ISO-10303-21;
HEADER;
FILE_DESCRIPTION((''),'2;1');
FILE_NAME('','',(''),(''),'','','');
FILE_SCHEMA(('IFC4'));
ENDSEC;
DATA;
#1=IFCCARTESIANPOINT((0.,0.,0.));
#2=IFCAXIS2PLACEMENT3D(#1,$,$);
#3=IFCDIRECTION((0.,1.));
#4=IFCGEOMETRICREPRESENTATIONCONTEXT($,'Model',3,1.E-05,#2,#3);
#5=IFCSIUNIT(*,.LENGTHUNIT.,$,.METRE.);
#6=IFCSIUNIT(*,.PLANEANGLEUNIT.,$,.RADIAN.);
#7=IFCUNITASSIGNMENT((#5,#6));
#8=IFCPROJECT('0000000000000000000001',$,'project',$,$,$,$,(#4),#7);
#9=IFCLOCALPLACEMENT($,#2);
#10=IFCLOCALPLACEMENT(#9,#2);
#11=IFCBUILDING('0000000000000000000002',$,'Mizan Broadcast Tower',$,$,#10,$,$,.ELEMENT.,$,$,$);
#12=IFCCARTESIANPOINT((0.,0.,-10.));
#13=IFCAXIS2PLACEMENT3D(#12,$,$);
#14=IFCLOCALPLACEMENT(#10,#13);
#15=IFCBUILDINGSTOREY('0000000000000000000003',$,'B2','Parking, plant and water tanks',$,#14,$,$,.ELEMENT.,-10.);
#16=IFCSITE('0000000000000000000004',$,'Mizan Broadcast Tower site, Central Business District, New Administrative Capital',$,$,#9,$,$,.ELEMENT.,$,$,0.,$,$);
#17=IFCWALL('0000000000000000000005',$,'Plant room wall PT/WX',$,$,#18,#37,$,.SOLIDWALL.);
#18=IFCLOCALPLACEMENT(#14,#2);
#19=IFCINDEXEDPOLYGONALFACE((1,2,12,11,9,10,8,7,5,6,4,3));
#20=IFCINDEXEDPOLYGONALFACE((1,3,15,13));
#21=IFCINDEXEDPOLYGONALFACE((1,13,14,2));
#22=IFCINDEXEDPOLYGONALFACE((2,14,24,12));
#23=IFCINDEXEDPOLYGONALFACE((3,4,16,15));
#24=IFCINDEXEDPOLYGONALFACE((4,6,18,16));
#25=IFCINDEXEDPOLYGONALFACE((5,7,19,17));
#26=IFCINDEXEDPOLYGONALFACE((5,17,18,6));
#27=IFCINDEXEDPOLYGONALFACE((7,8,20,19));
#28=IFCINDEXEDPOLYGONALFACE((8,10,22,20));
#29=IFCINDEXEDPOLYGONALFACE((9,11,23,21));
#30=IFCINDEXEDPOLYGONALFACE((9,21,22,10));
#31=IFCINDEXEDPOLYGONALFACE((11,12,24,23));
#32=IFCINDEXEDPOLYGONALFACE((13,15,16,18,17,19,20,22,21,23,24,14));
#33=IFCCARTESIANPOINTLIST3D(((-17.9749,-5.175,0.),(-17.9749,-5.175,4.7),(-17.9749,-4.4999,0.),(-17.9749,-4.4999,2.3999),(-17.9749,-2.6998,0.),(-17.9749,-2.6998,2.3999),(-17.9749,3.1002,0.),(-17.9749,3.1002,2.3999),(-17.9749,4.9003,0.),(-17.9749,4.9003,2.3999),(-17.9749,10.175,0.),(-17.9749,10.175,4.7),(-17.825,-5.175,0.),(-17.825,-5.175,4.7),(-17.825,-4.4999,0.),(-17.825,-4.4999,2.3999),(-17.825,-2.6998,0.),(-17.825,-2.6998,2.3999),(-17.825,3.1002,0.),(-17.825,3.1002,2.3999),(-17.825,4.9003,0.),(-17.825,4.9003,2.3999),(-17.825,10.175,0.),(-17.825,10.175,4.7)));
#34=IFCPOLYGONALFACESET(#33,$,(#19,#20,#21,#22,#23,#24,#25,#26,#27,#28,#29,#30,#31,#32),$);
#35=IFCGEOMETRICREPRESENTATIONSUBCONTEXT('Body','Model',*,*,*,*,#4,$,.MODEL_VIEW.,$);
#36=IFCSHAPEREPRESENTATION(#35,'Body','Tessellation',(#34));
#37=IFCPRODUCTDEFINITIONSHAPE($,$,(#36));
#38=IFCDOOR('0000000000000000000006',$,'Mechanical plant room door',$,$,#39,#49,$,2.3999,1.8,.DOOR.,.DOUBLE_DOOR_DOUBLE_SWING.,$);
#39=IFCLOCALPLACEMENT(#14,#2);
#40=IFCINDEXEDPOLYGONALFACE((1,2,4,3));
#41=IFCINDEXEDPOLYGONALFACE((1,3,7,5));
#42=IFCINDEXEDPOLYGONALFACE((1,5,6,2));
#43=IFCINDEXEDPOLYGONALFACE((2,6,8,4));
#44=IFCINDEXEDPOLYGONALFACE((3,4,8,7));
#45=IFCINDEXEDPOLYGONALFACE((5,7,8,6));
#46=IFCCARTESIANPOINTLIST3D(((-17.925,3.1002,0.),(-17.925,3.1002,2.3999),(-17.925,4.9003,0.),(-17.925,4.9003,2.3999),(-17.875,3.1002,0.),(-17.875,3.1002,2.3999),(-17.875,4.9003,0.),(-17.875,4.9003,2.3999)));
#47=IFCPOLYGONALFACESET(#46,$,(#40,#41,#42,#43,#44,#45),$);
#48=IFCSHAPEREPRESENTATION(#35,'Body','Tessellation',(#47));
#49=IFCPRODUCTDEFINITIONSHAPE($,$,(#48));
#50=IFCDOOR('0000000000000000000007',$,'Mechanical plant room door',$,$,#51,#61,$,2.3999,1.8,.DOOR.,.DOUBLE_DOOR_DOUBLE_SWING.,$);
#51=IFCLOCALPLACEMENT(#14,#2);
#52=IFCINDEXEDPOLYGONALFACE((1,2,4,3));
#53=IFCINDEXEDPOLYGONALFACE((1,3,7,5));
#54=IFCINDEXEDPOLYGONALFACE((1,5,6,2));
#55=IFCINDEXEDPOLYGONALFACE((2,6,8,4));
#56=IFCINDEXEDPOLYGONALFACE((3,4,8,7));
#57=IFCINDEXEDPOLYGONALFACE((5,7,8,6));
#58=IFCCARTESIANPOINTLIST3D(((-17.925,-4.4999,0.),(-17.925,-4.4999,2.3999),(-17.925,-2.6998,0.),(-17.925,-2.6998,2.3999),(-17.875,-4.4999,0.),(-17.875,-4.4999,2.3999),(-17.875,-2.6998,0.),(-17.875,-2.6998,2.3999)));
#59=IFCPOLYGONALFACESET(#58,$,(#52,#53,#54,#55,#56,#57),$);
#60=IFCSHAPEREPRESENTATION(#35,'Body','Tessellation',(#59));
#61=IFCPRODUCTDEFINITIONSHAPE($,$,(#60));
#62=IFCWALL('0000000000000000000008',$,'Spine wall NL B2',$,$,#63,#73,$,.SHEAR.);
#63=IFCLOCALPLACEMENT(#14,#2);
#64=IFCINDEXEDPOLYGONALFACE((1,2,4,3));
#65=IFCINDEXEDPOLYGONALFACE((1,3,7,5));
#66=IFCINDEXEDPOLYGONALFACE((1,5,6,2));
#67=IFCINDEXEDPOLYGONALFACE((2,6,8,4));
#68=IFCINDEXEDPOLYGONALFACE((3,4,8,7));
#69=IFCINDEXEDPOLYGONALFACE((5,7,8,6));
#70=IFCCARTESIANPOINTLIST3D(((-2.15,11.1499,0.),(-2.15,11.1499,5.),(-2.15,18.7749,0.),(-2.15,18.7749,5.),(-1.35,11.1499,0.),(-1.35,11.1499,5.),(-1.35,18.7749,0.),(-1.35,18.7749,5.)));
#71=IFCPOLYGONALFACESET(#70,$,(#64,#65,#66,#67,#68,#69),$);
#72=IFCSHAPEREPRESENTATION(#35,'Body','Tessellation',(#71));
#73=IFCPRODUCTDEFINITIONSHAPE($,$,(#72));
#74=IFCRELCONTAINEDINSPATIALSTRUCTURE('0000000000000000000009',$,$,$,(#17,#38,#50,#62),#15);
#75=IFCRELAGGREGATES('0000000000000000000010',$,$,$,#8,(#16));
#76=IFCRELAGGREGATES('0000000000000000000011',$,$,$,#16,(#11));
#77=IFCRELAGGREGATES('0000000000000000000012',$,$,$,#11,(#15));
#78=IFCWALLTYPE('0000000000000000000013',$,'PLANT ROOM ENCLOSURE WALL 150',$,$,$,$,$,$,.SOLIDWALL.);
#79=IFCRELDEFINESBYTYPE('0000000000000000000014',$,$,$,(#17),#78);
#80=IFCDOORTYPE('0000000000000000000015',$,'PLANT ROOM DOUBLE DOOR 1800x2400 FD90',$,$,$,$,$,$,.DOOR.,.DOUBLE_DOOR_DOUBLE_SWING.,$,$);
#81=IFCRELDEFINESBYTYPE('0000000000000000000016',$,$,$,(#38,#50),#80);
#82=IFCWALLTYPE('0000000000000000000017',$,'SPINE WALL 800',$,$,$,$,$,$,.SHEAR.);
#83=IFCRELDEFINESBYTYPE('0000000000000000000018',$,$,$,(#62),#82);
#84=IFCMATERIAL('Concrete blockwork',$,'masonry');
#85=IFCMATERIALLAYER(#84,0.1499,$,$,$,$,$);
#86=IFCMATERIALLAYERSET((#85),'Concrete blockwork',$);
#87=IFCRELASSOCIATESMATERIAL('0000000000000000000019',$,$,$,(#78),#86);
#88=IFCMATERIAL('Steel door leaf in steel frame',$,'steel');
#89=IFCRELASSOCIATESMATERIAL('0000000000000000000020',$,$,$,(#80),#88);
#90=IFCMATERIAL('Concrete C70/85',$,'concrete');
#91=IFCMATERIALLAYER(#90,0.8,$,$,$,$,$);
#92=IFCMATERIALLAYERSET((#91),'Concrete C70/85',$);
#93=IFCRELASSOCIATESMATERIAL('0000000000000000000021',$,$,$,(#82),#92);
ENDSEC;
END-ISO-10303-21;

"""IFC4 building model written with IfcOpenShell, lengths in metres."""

from ifc_helpers import new_model, si_unit, direction, frame, frame_2d, origin, place, context, subcontext, project, spatial, rectangle, extrude, material, layer, layer_set, type_object, element, fill, save


model = new_model("IFC4")

# Units and contexts
model_context = context("Model", 3, precision=1e-05, world=origin(), true_north=direction((0.0, 1.0)))
body_context = subcontext(model_context, "Body", "Model", "MODEL_VIEW")
ifc_project = project(units=[si_unit("LENGTHUNIT", "METRE"), si_unit("PLANEANGLEUNIT", "RADIAN")], contexts=[model_context])

# Site, building, storey
site_placement = place(None, origin())
site = spatial("IfcSite", under=ifc_project, at=site_placement, Name="Mizan Broadcast Tower site, Central Business District, New Administrative Capital", CompositionType="ELEMENT", RefElevation=0.0)
building_placement = place(site_placement, origin())
building = spatial("IfcBuilding", under=site, at=building_placement, Name="Mizan Broadcast Tower", CompositionType="ELEMENT")
storey_placement = place(building_placement, frame((0.0, 0.0, -10.0)))
storey = spatial("IfcBuildingStorey", under=building, at=storey_placement, Name="B2", Description="Parking, plant and water tanks", CompositionType="ELEMENT", Elevation=-10.0)

# Shared definitions
ifc_material_1 = material(Name="Concrete blockwork", Category="masonry")
ifc_layer_1 = layer(ifc_material_1, 0.1499)
ifc_layer_set_1 = layer_set([ifc_layer_1], Name="Concrete blockwork")
wall_type_1 = type_object("IfcWallType", Name="PLANT ROOM ENCLOSURE WALL 150", PredefinedType="SOLIDWALL", material=ifc_layer_set_1)

# Wall, openings, doors
wall_1_placement = place(storey_placement, frame((-17.8999, 10.175, 0.0), z_axis=(0.0, 0.0, 1.0), x_axis=(0.0, -1.0, 0.0)))
wall_1 = element("IfcWall", 1, at=wall_1_placement, inside=storey, type_object=wall_type_1, Name="Plant room wall PT/WX", PredefinedType="SOLIDWALL", context=body_context, shape_type="SweptSolid", body=[
    extrude(rectangle(XDim=15.3501, YDim=0.1499, at=frame_2d((7.675, 0.0))), origin(), (0.0, 0.0, 1.0), 4.7),
])
opening_1_placement = place(wall_1_placement, frame((5.2749, 0.0, 0.0)))
opening_1 = element("IfcOpeningElement", 2, at=opening_1_placement, cuts=wall_1, PredefinedType="OPENING", context=body_context, shape_type="SweptSolid", body=[
    extrude(rectangle(XDim=1.8, YDim=2.3999, at=frame_2d((0.8999, 1.2))), frame((0.0, 0.085, 0.0), z_axis=(0.0, -1.0, 0.0), x_axis=(1.0, 0.0, 0.0)), (0.0, 0.0, 1.0), 0.1699),
])
opening_2_placement = place(wall_1_placement, frame((12.875, 0.0, 0.0)))
opening_2 = element("IfcOpeningElement", 3, at=opening_2_placement, cuts=wall_1, PredefinedType="OPENING", context=body_context, shape_type="SweptSolid", body=[
    extrude(rectangle(XDim=1.8, YDim=2.3999, at=frame_2d((0.8999, 1.2))), frame((0.0, 0.085, 0.0), z_axis=(0.0, -1.0, 0.0), x_axis=(1.0, 0.0, 0.0)), (0.0, 0.0, 1.0), 0.1699),
])
ifc_material_2 = material(Name="Steel door leaf in steel frame", Category="steel")
door_type_1 = type_object("IfcDoorType", Name="PLANT ROOM DOUBLE DOOR 1800x2400 FD90", OperationType="DOUBLE_DOOR_DOUBLE_SWING", PredefinedType="DOOR", material=ifc_material_2)
door_1_placement = place(opening_1_placement, origin())
door_1 = element("IfcDoor", 4, at=door_1_placement, inside=storey, type_object=door_type_1, Name="Mechanical plant room door", OperationType="DOUBLE_DOOR_DOUBLE_SWING", OverallHeight=2.3999, OverallWidth=1.8, PredefinedType="DOOR", context=body_context, shape_type="SweptSolid", body=[
    extrude(rectangle(XDim=1.8, YDim=2.3999, at=frame_2d((0.8999, 1.2))), frame((0.0, 0.0249, 0.0), z_axis=(0.0, -1.0, 0.0), x_axis=(1.0, 0.0, 0.0)), (0.0, 0.0, 1.0), 0.05),
])
fill(opening_1, door_1)
door_2_placement = place(opening_2_placement, origin())
door_2 = element("IfcDoor", 5, at=door_2_placement, inside=storey, type_object=door_type_1, Name="Mechanical plant room door", OperationType="DOUBLE_DOOR_DOUBLE_SWING", OverallHeight=2.3999, OverallWidth=1.8, PredefinedType="DOOR", context=body_context, shape_type="SweptSolid", body=[
    extrude(rectangle(XDim=1.8, YDim=2.3999, at=frame_2d((0.8999, 1.2))), frame((0.0, 0.0249, 0.0), z_axis=(0.0, -1.0, 0.0), x_axis=(1.0, 0.0, 0.0)), (0.0, 0.0, 1.0), 0.05),
])
fill(opening_2, door_2)

# Wall
ifc_material_3 = material(Name="Concrete C70/85", Category="concrete")
ifc_layer_2 = layer(ifc_material_3, 0.8)
ifc_layer_set_2 = layer_set([ifc_layer_2], Name="Concrete C70/85")
wall_type_2 = type_object("IfcWallType", Name="SPINE WALL 800", PredefinedType="SHEAR", material=ifc_layer_set_2)
wall_2_placement = place(storey_placement, frame((-1.75, 11.1499, 0.0), z_axis=(0.0, 0.0, 1.0), x_axis=(0.0, 1.0, 0.0)))
element("IfcWall", 6, at=wall_2_placement, inside=storey, type_object=wall_type_2, Name="Spine wall NL B2", PredefinedType="SHEAR", context=body_context, shape_type="SweptSolid", body=[
    extrude(rectangle(XDim=7.625, YDim=0.8, at=frame_2d((3.8125, 0.0))), origin(), (0.0, 0.0, 1.0), 5.0),
])

save(model, "model.ifc")
